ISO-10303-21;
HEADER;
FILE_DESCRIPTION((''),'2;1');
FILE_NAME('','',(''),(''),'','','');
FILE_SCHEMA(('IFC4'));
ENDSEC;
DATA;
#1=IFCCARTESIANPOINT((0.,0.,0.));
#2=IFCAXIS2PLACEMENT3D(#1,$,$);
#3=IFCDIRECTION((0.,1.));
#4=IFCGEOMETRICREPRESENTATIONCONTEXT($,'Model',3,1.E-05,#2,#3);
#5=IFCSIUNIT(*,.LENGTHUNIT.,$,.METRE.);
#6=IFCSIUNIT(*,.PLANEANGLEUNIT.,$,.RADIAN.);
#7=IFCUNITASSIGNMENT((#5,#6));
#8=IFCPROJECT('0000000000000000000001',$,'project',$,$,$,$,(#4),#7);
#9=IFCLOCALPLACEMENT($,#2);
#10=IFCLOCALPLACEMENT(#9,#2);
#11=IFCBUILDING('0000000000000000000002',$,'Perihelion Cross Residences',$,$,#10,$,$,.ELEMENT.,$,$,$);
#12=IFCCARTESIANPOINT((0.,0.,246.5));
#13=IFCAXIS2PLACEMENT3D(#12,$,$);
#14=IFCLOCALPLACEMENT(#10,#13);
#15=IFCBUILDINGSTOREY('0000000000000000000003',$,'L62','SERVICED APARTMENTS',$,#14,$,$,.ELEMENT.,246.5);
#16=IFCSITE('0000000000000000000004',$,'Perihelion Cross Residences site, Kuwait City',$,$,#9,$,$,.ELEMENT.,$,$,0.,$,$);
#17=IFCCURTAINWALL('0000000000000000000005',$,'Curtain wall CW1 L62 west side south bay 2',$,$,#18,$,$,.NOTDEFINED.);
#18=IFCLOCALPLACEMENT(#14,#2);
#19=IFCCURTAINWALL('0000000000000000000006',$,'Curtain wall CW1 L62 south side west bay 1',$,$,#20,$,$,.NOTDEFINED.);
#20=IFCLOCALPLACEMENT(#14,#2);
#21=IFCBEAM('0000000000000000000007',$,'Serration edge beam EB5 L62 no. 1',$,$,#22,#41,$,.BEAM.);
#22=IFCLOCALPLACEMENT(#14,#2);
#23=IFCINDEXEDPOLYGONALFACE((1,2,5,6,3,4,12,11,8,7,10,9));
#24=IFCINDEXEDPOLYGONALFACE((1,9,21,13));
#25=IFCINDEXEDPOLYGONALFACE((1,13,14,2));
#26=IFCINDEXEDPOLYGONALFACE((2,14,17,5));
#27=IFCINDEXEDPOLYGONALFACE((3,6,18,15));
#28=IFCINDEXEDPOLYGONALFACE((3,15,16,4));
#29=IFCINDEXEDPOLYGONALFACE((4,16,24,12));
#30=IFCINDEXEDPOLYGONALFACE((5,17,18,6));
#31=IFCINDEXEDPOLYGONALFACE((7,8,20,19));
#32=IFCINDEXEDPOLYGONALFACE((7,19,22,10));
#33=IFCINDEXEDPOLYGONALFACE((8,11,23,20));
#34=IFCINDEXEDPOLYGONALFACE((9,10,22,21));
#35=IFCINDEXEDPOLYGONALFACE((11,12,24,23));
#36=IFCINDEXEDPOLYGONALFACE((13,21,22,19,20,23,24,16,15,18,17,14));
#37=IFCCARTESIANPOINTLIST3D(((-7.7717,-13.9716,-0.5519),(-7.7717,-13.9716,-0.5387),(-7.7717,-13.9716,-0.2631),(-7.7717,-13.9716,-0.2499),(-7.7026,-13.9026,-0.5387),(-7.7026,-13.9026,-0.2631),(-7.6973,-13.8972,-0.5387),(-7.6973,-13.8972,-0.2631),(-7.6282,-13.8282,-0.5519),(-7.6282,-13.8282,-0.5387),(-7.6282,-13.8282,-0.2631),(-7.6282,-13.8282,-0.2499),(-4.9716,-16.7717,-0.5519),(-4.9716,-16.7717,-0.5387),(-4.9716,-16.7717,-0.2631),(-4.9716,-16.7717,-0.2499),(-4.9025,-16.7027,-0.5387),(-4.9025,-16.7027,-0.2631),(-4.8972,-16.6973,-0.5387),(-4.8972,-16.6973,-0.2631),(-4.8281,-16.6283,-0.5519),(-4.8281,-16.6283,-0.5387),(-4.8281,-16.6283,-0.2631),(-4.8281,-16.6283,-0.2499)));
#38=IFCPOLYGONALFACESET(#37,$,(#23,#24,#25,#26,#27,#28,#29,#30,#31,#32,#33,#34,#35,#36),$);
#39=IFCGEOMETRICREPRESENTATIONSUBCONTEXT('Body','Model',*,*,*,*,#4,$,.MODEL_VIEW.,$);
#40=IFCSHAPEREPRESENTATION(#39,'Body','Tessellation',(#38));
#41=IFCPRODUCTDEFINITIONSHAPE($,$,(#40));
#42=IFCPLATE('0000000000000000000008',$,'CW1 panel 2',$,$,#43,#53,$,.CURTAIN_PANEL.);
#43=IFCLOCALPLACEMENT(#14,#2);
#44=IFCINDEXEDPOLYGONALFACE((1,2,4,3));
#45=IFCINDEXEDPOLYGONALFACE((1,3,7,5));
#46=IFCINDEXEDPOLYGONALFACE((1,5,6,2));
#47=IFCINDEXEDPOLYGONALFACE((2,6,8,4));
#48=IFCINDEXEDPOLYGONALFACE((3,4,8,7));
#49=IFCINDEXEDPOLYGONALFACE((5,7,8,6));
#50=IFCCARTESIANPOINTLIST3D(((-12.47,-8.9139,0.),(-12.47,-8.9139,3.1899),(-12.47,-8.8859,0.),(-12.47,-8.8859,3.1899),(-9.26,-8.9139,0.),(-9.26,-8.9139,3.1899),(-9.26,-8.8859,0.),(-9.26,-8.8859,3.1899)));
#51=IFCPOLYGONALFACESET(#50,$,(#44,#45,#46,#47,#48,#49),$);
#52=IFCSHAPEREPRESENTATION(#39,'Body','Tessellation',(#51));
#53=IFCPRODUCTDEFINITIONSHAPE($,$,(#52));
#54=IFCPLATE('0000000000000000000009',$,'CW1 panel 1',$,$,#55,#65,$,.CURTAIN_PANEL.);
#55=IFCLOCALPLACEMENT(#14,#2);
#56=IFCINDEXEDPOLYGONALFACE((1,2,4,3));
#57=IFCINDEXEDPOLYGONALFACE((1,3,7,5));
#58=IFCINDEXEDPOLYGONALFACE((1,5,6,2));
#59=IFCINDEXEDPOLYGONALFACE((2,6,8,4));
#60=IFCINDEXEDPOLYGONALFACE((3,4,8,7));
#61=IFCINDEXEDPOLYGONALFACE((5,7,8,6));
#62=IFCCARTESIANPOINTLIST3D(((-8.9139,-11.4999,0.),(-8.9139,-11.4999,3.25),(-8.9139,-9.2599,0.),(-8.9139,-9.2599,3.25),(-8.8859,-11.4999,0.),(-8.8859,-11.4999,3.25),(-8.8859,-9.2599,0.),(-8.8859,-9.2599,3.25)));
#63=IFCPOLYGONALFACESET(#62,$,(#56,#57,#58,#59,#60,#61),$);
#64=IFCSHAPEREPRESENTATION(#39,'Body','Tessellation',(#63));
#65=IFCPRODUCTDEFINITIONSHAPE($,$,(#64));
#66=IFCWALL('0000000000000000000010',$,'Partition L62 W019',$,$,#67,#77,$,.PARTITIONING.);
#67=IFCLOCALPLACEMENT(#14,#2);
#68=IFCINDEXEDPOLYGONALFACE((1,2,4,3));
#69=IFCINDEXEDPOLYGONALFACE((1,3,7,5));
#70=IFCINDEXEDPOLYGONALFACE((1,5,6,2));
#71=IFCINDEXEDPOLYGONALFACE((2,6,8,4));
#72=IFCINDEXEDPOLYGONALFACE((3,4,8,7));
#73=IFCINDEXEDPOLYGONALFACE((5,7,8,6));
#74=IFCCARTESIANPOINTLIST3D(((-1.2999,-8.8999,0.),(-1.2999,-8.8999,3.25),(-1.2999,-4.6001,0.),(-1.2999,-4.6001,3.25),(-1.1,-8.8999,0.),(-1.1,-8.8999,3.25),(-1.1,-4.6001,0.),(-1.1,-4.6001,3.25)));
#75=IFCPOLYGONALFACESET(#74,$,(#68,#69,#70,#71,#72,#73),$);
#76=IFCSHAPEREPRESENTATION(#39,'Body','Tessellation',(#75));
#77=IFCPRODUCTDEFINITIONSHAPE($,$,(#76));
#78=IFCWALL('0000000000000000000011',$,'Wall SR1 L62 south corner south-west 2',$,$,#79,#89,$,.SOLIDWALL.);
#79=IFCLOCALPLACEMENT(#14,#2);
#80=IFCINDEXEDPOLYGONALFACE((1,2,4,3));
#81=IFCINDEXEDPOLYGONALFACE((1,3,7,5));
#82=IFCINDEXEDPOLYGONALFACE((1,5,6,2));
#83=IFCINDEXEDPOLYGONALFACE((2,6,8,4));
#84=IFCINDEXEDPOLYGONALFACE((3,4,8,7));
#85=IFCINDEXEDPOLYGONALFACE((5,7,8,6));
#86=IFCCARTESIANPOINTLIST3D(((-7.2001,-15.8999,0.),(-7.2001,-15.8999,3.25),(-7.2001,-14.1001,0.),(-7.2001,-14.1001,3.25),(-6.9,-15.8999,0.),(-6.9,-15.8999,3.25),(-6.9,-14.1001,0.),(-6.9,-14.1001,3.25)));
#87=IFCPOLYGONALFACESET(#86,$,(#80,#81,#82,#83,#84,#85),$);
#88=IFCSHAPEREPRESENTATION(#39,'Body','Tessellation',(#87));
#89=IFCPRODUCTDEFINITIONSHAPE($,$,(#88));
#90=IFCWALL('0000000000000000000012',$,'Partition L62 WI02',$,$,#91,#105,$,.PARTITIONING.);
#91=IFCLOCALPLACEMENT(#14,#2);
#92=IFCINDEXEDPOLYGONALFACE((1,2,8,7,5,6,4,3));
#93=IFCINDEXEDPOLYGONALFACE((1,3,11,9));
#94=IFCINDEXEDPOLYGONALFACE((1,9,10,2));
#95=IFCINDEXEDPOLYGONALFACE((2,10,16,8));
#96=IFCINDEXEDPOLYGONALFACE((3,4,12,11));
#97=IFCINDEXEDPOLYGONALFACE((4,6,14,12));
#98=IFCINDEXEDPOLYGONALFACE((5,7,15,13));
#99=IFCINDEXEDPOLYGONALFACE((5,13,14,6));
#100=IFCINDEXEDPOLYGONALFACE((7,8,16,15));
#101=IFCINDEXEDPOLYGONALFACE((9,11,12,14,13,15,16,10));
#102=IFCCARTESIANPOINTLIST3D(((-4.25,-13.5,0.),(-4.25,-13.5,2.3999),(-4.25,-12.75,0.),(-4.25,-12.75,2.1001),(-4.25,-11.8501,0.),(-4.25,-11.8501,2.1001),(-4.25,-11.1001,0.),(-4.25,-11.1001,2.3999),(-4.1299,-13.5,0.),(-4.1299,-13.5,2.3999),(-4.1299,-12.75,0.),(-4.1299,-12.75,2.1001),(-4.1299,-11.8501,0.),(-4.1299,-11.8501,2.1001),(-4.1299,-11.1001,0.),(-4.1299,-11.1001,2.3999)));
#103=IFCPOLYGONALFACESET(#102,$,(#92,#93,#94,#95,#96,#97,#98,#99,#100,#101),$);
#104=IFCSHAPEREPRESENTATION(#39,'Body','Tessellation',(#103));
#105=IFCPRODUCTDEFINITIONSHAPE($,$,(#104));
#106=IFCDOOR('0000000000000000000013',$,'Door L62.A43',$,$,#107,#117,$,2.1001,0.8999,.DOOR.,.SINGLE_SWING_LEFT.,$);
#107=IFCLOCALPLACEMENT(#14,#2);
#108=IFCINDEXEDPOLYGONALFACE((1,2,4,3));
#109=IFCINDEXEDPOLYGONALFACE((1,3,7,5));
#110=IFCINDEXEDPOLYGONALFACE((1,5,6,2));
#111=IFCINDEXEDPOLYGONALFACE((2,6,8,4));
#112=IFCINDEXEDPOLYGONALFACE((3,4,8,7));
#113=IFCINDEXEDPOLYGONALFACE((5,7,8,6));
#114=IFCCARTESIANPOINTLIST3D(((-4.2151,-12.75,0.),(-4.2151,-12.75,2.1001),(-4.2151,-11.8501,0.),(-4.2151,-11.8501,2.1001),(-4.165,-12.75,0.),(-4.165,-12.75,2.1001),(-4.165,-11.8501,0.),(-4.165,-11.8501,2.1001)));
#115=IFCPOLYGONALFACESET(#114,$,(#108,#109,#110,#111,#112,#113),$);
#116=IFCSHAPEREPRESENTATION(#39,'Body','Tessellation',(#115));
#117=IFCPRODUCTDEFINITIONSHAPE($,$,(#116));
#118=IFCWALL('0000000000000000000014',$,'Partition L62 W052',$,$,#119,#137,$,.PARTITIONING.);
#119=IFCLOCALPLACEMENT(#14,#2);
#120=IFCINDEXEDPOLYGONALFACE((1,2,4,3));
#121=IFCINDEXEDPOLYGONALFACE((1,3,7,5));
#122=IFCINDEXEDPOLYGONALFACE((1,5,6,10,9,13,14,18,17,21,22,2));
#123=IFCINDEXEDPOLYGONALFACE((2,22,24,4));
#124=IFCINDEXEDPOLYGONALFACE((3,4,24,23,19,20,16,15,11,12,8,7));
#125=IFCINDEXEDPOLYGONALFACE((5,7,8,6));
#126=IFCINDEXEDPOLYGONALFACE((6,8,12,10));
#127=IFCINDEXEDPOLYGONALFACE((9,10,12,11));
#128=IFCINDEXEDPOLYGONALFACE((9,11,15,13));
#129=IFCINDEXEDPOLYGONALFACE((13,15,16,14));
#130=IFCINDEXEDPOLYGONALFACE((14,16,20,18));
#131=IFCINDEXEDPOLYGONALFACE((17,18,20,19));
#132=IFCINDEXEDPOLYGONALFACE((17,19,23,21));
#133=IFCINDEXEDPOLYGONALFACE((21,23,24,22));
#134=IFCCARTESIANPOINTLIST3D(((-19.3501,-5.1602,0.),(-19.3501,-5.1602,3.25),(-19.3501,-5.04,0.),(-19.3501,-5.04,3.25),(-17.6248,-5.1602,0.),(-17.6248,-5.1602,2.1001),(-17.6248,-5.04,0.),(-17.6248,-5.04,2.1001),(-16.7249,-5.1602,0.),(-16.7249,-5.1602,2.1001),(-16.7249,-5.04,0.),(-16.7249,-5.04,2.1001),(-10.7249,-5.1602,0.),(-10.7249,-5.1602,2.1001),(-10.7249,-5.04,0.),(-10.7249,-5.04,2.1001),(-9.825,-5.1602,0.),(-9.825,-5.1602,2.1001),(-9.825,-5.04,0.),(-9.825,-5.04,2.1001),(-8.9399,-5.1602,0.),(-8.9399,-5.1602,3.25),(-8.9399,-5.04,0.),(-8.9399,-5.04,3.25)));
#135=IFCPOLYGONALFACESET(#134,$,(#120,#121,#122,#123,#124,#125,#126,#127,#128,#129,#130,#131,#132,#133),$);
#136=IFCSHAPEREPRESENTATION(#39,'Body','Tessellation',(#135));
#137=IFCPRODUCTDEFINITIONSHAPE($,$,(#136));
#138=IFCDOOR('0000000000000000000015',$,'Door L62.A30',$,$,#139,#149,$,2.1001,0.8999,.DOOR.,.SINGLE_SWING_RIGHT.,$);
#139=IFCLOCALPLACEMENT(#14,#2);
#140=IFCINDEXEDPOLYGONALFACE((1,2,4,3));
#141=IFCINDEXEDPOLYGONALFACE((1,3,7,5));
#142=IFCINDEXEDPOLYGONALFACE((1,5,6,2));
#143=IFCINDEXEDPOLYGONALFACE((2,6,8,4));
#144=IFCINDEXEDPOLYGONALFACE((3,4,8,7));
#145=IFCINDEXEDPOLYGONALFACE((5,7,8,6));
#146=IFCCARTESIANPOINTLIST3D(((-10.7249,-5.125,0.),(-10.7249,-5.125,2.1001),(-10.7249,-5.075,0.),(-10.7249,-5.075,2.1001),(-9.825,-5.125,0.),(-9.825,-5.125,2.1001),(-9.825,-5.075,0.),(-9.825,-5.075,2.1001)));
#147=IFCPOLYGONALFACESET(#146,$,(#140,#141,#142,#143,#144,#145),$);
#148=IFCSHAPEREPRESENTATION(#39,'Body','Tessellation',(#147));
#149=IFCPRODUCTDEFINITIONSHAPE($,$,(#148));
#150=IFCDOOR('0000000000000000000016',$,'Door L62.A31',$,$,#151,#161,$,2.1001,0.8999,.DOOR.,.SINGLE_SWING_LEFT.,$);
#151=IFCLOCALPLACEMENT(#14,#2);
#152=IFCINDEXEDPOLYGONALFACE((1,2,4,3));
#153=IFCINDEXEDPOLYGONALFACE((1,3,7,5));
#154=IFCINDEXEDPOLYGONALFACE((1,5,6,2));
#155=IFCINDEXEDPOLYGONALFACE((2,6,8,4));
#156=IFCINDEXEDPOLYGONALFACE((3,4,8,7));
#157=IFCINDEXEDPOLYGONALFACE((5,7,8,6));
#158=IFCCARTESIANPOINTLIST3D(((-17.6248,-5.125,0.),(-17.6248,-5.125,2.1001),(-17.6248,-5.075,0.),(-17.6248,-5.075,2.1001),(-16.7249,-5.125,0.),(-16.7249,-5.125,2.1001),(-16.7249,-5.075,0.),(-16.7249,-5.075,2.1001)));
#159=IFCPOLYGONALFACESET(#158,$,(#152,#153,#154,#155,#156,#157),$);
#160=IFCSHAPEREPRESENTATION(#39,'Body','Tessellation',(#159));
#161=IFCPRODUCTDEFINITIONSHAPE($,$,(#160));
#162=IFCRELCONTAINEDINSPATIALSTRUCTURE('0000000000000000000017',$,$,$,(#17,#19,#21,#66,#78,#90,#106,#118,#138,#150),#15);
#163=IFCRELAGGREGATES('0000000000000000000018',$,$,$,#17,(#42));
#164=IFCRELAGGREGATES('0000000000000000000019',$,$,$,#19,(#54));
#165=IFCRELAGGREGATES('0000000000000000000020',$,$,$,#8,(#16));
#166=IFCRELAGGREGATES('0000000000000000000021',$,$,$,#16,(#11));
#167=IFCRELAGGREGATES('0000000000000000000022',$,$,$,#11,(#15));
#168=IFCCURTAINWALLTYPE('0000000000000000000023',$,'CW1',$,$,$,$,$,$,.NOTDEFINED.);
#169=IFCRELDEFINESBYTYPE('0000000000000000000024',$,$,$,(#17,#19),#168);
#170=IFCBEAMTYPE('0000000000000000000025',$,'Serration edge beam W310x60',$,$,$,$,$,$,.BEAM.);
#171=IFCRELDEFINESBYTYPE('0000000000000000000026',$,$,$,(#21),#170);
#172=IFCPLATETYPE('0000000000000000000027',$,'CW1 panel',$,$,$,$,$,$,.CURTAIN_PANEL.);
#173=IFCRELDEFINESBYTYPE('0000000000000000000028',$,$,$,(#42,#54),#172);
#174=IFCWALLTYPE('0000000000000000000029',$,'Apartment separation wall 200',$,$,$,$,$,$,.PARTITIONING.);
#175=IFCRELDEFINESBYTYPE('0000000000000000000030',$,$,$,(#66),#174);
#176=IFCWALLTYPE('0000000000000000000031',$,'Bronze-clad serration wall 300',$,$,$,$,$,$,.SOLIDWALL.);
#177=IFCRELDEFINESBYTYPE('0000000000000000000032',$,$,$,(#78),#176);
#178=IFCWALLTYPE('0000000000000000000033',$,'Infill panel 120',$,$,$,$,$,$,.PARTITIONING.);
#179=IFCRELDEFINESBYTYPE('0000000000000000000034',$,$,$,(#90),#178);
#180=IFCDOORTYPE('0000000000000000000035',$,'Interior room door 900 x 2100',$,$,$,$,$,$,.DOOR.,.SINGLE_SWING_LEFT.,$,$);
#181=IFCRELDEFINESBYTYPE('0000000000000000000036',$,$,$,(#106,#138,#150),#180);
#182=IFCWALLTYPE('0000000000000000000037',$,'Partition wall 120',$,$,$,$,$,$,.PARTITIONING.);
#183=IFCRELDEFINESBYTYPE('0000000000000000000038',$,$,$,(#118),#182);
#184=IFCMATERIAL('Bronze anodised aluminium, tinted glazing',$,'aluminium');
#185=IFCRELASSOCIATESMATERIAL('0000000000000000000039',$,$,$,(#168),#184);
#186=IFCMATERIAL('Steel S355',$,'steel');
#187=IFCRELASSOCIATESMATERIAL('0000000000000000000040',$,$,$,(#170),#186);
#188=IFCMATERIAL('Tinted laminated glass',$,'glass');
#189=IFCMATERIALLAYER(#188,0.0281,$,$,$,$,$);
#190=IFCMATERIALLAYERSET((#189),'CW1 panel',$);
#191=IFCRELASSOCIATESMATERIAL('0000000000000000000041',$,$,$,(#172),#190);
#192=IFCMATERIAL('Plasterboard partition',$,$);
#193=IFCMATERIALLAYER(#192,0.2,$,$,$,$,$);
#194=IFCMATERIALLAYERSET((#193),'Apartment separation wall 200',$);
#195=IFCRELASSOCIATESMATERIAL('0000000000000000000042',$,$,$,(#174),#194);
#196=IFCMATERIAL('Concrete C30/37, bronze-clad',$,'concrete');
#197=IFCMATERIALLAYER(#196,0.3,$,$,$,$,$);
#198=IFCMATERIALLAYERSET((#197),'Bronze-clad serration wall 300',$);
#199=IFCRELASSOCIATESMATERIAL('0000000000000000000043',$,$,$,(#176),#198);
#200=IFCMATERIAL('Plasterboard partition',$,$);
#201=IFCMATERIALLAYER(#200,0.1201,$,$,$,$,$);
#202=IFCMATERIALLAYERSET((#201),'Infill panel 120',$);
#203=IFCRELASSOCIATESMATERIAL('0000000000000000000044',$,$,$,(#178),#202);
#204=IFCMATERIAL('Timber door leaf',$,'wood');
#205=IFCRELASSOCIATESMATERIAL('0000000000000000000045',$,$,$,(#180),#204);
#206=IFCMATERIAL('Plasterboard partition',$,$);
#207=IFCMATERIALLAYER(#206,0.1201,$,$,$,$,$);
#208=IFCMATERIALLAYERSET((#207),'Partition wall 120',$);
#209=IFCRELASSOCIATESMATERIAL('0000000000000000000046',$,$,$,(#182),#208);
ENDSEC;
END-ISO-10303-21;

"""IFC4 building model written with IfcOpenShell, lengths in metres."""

from ifc_helpers import new_model, si_unit, direction, frame, frame_2d, origin, origin_2d, place, context, subcontext, project, spatial, rectangle, i_section, extrude, material, layer, layer_set, material_profile, profile_set, type_object, element, fill, aggregate, save


model = new_model("IFC4")

# Units and contexts
model_context = context("Model", 3, precision=1e-05, world=origin(), true_north=direction((0.0, 1.0)))
body_context = subcontext(model_context, "Body", "Model", "MODEL_VIEW")
ifc_project = project(units=[si_unit("LENGTHUNIT", "METRE"), si_unit("PLANEANGLEUNIT", "RADIAN")], contexts=[model_context])

# Site, building, storey
site_placement = place(None, origin())
site = spatial("IfcSite", under=ifc_project, at=site_placement, Name="Perihelion Cross Residences site, Kuwait City", CompositionType="ELEMENT", RefElevation=0.0)
building_placement = place(site_placement, origin())
building = spatial("IfcBuilding", under=site, at=building_placement, Name="Perihelion Cross Residences", CompositionType="ELEMENT")
storey_placement = place(building_placement, frame((0.0, 0.0, 246.5)))
storey = spatial("IfcBuildingStorey", under=building, at=storey_placement, Name="L62", Description="SERVICED APARTMENTS", CompositionType="ELEMENT", Elevation=246.5)

# Curtain walls
ifc_material_1 = material(Name="Bronze anodised aluminium, tinted glazing", Category="aluminium")
curtain_wall_type = type_object("IfcCurtainWallType", Name="CW1", PredefinedType="NOTDEFINED", material=ifc_material_1)
curtain_wall_1_placement = place(storey_placement, origin())
curtain_wall_1 = element("IfcCurtainWall", 1, at=curtain_wall_1_placement, inside=storey, type_object=curtain_wall_type, Name="Curtain wall CW1 L62 west side south bay 2", PredefinedType="NOTDEFINED")
curtain_wall_2_placement = place(storey_placement, origin())
curtain_wall_2 = element("IfcCurtainWall", 2, at=curtain_wall_2_placement, inside=storey, type_object=curtain_wall_type, Name="Curtain wall CW1 L62 south side west bay 1", PredefinedType="NOTDEFINED")

# Beam
ifc_material_2 = material(Name="Steel S355", Category="steel")
ifc_material_profile_1 = material_profile(ifc_material_2, i_section(OverallWidth=0.2029, OverallDepth=0.302, WebThickness=0.0076, FlangeThickness=0.0132, at=origin_2d()), Name="W310x60")
ifc_profile_set_1 = profile_set([ifc_material_profile_1], Name="Steel S355")
beam_type_1 = type_object("IfcBeamType", Name="Serration edge beam W310x60", PredefinedType="BEAM", material=ifc_profile_set_1)
beam_1_placement = place(storey_placement, frame((-7.7, -13.8999, -0.4009), z_axis=(0.707107, -0.707107, 0.0), x_axis=(0.707107, 0.707107, 0.0)))
element("IfcBeam", 3, at=beam_1_placement, inside=storey, type_object=beam_type_1, Name="Serration edge beam EB5 L62 no. 1", PredefinedType="BEAM", context=body_context, shape_type="SweptSolid", body=[
    extrude(i_section(OverallWidth=0.2029, OverallDepth=0.302, WebThickness=0.0076, FlangeThickness=0.0132, at=origin_2d()), origin(), (0.0, 0.0, 1.0), 3.96),
])

# Plates
ifc_material_3 = material(Name="Tinted laminated glass", Category="glass")
ifc_layer_1 = layer(ifc_material_3, 0.0281)
ifc_layer_set_1 = layer_set([ifc_layer_1], Name="CW1 panel")
plate_type = type_object("IfcPlateType", Name="CW1 panel", PredefinedType="CURTAIN_PANEL", material=ifc_layer_set_1)
plate_1_placement = place(storey_placement, frame((-10.865, -8.8999, 0.0), z_axis=(0.0, 0.0, 1.0), x_axis=(1.0, 0.0, 0.0)))
plate_1 = element("IfcPlate", 4, at=plate_1_placement, type_object=plate_type, Name="CW1 panel 2", PredefinedType="CURTAIN_PANEL", context=body_context, shape_type="SweptSolid", body=[
    extrude(rectangle(XDim=3.21, YDim=0.0281, at=origin_2d()), origin(), (0.0, 0.0, 1.0), 3.1899),
])
aggregate(curtain_wall_1, [plate_1])
plate_2_placement = place(storey_placement, frame((-8.8999, -10.3799, 0.0), z_axis=(0.0, 0.0, 1.0), x_axis=(0.0, -1.0, 0.0)))
plate_2 = element("IfcPlate", 5, at=plate_2_placement, type_object=plate_type, Name="CW1 panel 1", PredefinedType="CURTAIN_PANEL", context=body_context, shape_type="SweptSolid", body=[
    extrude(rectangle(XDim=2.24, YDim=0.0281, at=origin_2d()), origin(), (0.0, 0.0, 1.0), 3.25),
])
aggregate(curtain_wall_2, [plate_2])

# Wall
ifc_material_4 = material(Name="Plasterboard partition")
ifc_layer_2 = layer(ifc_material_4, 0.2)
ifc_layer_set_2 = layer_set([ifc_layer_2], Name="Apartment separation wall 200")
wall_type_1 = type_object("IfcWallType", Name="Apartment separation wall 200", PredefinedType="PARTITIONING", material=ifc_layer_set_2)
wall_1_placement = place(storey_placement, frame((-1.2, -8.8999, 0.0), z_axis=(0.0, 0.0, 1.0), x_axis=(0.0, 1.0, 0.0)))
element("IfcWall", 6, at=wall_1_placement, inside=storey, type_object=wall_type_1, Name="Partition L62 W019", PredefinedType="PARTITIONING", context=body_context, shape_type="SweptSolid", body=[
    extrude(rectangle(XDim=4.2998, YDim=0.2, at=frame_2d((2.1499, 0.0))), origin(), (0.0, 0.0, 1.0), 3.25),
])

# Wall
ifc_material_5 = material(Name="Concrete C30/37, bronze-clad", Category="concrete")
ifc_layer_3 = layer(ifc_material_5, 0.3)
ifc_layer_set_3 = layer_set([ifc_layer_3], Name="Bronze-clad serration wall 300")
wall_type_2 = type_object("IfcWallType", Name="Bronze-clad serration wall 300", PredefinedType="SOLIDWALL", material=ifc_layer_set_3)
wall_2_placement = place(storey_placement, frame((-7.05, -14.1001, 0.0), z_axis=(0.0, 0.0, 1.0), x_axis=(0.0, -1.0, 0.0)))
element("IfcWall", 7, at=wall_2_placement, inside=storey, type_object=wall_type_2, Name="Wall SR1 L62 south corner south-west 2", PredefinedType="SOLIDWALL", context=body_context, shape_type="SweptSolid", body=[
    extrude(rectangle(XDim=1.7998, YDim=0.3, at=frame_2d((0.8999, 0.0))), origin(), (0.0, 0.0, 1.0), 3.25),
])

# Wall, opening, door
ifc_material_6 = material(Name="Plasterboard partition")
ifc_layer_4 = layer(ifc_material_6, 0.1201)
ifc_layer_set_4 = layer_set([ifc_layer_4], Name="Infill panel 120")
wall_type_3 = type_object("IfcWallType", Name="Infill panel 120", PredefinedType="PARTITIONING", material=ifc_layer_set_4)
wall_3_placement = place(storey_placement, frame((-4.1899, -11.1001, 0.0), z_axis=(0.0, 0.0, 1.0), x_axis=(0.0, -1.0, 0.0)))
wall_3 = element("IfcWall", 8, at=wall_3_placement, inside=storey, type_object=wall_type_3, Name="Partition L62 WI02", PredefinedType="PARTITIONING", context=body_context, shape_type="SweptSolid", body=[
    extrude(rectangle(XDim=2.3999, YDim=0.1201, at=frame_2d((1.2, 0.0))), origin(), (0.0, 0.0, 1.0), 2.3999),
])
opening_1_placement = place(wall_3_placement, frame((0.75, 0.0, 0.0)))
opening_1 = element("IfcOpeningElement", 9, at=opening_1_placement, cuts=wall_3, PredefinedType="OPENING", context=body_context, shape_type="SweptSolid", body=[
    extrude(rectangle(XDim=0.8999, YDim=2.1001, at=frame_2d((0.45, 1.05))), frame((0.0, 0.0701, 0.0), z_axis=(0.0, -1.0, 0.0), x_axis=(1.0, 0.0, 0.0)), (0.0, 0.0, 1.0), 0.1401),
])
ifc_material_7 = material(Name="Timber door leaf", Category="wood")
door_type_1 = type_object("IfcDoorType", Name="Interior room door 900 x 2100", OperationType="SINGLE_SWING_LEFT", PredefinedType="DOOR", material=ifc_material_7)
door_1_placement = place(opening_1_placement, origin())
door_1 = element("IfcDoor", 10, at=door_1_placement, inside=storey, type_object=door_type_1, Name="Door L62.A43", OperationType="SINGLE_SWING_LEFT", OverallHeight=2.1001, OverallWidth=0.8999, PredefinedType="DOOR", context=body_context, shape_type="SweptSolid", body=[
    extrude(rectangle(XDim=0.8999, YDim=2.1001, at=frame_2d((0.45, 1.05))), frame((0.0, 0.0249, 0.0), z_axis=(0.0, -1.0, 0.0), x_axis=(1.0, 0.0, 0.0)), (0.0, 0.0, 1.0), 0.05),
])
fill(opening_1, door_1)

# Wall, openings, doors
ifc_material_8 = material(Name="Plasterboard partition")
ifc_layer_5 = layer(ifc_material_8, 0.1201)
ifc_layer_set_5 = layer_set([ifc_layer_5], Name="Partition wall 120")
wall_type_4 = type_object("IfcWallType", Name="Partition wall 120", PredefinedType="PARTITIONING", material=ifc_layer_set_5)
wall_4_placement = place(storey_placement, frame((-8.9399, -5.1001, 0.0), z_axis=(0.0, 0.0, 1.0), x_axis=(-1.0, 0.0, 0.0)))
wall_4 = element("IfcWall", 11, at=wall_4_placement, inside=storey, type_object=wall_type_4, Name="Partition L62 W052", PredefinedType="PARTITIONING", context=body_context, shape_type="SweptSolid", body=[
    extrude(rectangle(XDim=10.4102, YDim=0.1201, at=frame_2d((5.2051, 0.0))), origin(), (0.0, 0.0, 1.0), 3.25),
])
opening_2_placement = place(wall_4_placement, frame((0.885, 0.0, 0.0)))
opening_2 = element("IfcOpeningElement", 12, at=opening_2_placement, cuts=wall_4, PredefinedType="OPENING", context=body_context, shape_type="SweptSolid", body=[
    extrude(rectangle(XDim=0.8999, YDim=2.1001, at=frame_2d((0.45, 1.05))), frame((0.0, 0.0701, 0.0), z_axis=(0.0, -1.0, 0.0), x_axis=(1.0, 0.0, 0.0)), (0.0, 0.0, 1.0), 0.1401),
])
opening_3_placement = place(wall_4_placement, frame((7.7849, 0.0, 0.0)))
opening_3 = element("IfcOpeningElement", 13, at=opening_3_placement, cuts=wall_4, PredefinedType="OPENING", context=body_context, shape_type="SweptSolid", body=[
    extrude(rectangle(XDim=0.8999, YDim=2.1001, at=frame_2d((0.45, 1.05))), frame((0.0, 0.0701, 0.0), z_axis=(0.0, -1.0, 0.0), x_axis=(1.0, 0.0, 0.0)), (0.0, 0.0, 1.0), 0.1401),
])
door_2_placement = place(opening_2_placement, origin())
door_2 = element("IfcDoor", 14, at=door_2_placement, inside=storey, type_object=door_type_1, Name="Door L62.A30", OperationType="SINGLE_SWING_RIGHT", OverallHeight=2.1001, OverallWidth=0.8999, PredefinedType="DOOR", context=body_context, shape_type="SweptSolid", body=[
    extrude(rectangle(XDim=0.8999, YDim=2.1001, at=frame_2d((0.45, 1.05))), frame((0.0, 0.0249, 0.0), z_axis=(0.0, -1.0, 0.0), x_axis=(1.0, 0.0, 0.0)), (0.0, 0.0, 1.0), 0.05),
])
fill(opening_2, door_2)
door_3_placement = place(opening_3_placement, origin())
door_3 = element("IfcDoor", 15, at=door_3_placement, inside=storey, type_object=door_type_1, Name="Door L62.A31", OperationType="SINGLE_SWING_LEFT", OverallHeight=2.1001, OverallWidth=0.8999, PredefinedType="DOOR", context=body_context, shape_type="SweptSolid", body=[
    extrude(rectangle(XDim=0.8999, YDim=2.1001, at=frame_2d((0.45, 1.05))), frame((0.0, 0.0249, 0.0), z_axis=(0.0, -1.0, 0.0), x_axis=(1.0, 0.0, 0.0)), (0.0, 0.0, 1.0), 0.05),
])
fill(opening_3, door_3)

save(model, "model.ifc")
